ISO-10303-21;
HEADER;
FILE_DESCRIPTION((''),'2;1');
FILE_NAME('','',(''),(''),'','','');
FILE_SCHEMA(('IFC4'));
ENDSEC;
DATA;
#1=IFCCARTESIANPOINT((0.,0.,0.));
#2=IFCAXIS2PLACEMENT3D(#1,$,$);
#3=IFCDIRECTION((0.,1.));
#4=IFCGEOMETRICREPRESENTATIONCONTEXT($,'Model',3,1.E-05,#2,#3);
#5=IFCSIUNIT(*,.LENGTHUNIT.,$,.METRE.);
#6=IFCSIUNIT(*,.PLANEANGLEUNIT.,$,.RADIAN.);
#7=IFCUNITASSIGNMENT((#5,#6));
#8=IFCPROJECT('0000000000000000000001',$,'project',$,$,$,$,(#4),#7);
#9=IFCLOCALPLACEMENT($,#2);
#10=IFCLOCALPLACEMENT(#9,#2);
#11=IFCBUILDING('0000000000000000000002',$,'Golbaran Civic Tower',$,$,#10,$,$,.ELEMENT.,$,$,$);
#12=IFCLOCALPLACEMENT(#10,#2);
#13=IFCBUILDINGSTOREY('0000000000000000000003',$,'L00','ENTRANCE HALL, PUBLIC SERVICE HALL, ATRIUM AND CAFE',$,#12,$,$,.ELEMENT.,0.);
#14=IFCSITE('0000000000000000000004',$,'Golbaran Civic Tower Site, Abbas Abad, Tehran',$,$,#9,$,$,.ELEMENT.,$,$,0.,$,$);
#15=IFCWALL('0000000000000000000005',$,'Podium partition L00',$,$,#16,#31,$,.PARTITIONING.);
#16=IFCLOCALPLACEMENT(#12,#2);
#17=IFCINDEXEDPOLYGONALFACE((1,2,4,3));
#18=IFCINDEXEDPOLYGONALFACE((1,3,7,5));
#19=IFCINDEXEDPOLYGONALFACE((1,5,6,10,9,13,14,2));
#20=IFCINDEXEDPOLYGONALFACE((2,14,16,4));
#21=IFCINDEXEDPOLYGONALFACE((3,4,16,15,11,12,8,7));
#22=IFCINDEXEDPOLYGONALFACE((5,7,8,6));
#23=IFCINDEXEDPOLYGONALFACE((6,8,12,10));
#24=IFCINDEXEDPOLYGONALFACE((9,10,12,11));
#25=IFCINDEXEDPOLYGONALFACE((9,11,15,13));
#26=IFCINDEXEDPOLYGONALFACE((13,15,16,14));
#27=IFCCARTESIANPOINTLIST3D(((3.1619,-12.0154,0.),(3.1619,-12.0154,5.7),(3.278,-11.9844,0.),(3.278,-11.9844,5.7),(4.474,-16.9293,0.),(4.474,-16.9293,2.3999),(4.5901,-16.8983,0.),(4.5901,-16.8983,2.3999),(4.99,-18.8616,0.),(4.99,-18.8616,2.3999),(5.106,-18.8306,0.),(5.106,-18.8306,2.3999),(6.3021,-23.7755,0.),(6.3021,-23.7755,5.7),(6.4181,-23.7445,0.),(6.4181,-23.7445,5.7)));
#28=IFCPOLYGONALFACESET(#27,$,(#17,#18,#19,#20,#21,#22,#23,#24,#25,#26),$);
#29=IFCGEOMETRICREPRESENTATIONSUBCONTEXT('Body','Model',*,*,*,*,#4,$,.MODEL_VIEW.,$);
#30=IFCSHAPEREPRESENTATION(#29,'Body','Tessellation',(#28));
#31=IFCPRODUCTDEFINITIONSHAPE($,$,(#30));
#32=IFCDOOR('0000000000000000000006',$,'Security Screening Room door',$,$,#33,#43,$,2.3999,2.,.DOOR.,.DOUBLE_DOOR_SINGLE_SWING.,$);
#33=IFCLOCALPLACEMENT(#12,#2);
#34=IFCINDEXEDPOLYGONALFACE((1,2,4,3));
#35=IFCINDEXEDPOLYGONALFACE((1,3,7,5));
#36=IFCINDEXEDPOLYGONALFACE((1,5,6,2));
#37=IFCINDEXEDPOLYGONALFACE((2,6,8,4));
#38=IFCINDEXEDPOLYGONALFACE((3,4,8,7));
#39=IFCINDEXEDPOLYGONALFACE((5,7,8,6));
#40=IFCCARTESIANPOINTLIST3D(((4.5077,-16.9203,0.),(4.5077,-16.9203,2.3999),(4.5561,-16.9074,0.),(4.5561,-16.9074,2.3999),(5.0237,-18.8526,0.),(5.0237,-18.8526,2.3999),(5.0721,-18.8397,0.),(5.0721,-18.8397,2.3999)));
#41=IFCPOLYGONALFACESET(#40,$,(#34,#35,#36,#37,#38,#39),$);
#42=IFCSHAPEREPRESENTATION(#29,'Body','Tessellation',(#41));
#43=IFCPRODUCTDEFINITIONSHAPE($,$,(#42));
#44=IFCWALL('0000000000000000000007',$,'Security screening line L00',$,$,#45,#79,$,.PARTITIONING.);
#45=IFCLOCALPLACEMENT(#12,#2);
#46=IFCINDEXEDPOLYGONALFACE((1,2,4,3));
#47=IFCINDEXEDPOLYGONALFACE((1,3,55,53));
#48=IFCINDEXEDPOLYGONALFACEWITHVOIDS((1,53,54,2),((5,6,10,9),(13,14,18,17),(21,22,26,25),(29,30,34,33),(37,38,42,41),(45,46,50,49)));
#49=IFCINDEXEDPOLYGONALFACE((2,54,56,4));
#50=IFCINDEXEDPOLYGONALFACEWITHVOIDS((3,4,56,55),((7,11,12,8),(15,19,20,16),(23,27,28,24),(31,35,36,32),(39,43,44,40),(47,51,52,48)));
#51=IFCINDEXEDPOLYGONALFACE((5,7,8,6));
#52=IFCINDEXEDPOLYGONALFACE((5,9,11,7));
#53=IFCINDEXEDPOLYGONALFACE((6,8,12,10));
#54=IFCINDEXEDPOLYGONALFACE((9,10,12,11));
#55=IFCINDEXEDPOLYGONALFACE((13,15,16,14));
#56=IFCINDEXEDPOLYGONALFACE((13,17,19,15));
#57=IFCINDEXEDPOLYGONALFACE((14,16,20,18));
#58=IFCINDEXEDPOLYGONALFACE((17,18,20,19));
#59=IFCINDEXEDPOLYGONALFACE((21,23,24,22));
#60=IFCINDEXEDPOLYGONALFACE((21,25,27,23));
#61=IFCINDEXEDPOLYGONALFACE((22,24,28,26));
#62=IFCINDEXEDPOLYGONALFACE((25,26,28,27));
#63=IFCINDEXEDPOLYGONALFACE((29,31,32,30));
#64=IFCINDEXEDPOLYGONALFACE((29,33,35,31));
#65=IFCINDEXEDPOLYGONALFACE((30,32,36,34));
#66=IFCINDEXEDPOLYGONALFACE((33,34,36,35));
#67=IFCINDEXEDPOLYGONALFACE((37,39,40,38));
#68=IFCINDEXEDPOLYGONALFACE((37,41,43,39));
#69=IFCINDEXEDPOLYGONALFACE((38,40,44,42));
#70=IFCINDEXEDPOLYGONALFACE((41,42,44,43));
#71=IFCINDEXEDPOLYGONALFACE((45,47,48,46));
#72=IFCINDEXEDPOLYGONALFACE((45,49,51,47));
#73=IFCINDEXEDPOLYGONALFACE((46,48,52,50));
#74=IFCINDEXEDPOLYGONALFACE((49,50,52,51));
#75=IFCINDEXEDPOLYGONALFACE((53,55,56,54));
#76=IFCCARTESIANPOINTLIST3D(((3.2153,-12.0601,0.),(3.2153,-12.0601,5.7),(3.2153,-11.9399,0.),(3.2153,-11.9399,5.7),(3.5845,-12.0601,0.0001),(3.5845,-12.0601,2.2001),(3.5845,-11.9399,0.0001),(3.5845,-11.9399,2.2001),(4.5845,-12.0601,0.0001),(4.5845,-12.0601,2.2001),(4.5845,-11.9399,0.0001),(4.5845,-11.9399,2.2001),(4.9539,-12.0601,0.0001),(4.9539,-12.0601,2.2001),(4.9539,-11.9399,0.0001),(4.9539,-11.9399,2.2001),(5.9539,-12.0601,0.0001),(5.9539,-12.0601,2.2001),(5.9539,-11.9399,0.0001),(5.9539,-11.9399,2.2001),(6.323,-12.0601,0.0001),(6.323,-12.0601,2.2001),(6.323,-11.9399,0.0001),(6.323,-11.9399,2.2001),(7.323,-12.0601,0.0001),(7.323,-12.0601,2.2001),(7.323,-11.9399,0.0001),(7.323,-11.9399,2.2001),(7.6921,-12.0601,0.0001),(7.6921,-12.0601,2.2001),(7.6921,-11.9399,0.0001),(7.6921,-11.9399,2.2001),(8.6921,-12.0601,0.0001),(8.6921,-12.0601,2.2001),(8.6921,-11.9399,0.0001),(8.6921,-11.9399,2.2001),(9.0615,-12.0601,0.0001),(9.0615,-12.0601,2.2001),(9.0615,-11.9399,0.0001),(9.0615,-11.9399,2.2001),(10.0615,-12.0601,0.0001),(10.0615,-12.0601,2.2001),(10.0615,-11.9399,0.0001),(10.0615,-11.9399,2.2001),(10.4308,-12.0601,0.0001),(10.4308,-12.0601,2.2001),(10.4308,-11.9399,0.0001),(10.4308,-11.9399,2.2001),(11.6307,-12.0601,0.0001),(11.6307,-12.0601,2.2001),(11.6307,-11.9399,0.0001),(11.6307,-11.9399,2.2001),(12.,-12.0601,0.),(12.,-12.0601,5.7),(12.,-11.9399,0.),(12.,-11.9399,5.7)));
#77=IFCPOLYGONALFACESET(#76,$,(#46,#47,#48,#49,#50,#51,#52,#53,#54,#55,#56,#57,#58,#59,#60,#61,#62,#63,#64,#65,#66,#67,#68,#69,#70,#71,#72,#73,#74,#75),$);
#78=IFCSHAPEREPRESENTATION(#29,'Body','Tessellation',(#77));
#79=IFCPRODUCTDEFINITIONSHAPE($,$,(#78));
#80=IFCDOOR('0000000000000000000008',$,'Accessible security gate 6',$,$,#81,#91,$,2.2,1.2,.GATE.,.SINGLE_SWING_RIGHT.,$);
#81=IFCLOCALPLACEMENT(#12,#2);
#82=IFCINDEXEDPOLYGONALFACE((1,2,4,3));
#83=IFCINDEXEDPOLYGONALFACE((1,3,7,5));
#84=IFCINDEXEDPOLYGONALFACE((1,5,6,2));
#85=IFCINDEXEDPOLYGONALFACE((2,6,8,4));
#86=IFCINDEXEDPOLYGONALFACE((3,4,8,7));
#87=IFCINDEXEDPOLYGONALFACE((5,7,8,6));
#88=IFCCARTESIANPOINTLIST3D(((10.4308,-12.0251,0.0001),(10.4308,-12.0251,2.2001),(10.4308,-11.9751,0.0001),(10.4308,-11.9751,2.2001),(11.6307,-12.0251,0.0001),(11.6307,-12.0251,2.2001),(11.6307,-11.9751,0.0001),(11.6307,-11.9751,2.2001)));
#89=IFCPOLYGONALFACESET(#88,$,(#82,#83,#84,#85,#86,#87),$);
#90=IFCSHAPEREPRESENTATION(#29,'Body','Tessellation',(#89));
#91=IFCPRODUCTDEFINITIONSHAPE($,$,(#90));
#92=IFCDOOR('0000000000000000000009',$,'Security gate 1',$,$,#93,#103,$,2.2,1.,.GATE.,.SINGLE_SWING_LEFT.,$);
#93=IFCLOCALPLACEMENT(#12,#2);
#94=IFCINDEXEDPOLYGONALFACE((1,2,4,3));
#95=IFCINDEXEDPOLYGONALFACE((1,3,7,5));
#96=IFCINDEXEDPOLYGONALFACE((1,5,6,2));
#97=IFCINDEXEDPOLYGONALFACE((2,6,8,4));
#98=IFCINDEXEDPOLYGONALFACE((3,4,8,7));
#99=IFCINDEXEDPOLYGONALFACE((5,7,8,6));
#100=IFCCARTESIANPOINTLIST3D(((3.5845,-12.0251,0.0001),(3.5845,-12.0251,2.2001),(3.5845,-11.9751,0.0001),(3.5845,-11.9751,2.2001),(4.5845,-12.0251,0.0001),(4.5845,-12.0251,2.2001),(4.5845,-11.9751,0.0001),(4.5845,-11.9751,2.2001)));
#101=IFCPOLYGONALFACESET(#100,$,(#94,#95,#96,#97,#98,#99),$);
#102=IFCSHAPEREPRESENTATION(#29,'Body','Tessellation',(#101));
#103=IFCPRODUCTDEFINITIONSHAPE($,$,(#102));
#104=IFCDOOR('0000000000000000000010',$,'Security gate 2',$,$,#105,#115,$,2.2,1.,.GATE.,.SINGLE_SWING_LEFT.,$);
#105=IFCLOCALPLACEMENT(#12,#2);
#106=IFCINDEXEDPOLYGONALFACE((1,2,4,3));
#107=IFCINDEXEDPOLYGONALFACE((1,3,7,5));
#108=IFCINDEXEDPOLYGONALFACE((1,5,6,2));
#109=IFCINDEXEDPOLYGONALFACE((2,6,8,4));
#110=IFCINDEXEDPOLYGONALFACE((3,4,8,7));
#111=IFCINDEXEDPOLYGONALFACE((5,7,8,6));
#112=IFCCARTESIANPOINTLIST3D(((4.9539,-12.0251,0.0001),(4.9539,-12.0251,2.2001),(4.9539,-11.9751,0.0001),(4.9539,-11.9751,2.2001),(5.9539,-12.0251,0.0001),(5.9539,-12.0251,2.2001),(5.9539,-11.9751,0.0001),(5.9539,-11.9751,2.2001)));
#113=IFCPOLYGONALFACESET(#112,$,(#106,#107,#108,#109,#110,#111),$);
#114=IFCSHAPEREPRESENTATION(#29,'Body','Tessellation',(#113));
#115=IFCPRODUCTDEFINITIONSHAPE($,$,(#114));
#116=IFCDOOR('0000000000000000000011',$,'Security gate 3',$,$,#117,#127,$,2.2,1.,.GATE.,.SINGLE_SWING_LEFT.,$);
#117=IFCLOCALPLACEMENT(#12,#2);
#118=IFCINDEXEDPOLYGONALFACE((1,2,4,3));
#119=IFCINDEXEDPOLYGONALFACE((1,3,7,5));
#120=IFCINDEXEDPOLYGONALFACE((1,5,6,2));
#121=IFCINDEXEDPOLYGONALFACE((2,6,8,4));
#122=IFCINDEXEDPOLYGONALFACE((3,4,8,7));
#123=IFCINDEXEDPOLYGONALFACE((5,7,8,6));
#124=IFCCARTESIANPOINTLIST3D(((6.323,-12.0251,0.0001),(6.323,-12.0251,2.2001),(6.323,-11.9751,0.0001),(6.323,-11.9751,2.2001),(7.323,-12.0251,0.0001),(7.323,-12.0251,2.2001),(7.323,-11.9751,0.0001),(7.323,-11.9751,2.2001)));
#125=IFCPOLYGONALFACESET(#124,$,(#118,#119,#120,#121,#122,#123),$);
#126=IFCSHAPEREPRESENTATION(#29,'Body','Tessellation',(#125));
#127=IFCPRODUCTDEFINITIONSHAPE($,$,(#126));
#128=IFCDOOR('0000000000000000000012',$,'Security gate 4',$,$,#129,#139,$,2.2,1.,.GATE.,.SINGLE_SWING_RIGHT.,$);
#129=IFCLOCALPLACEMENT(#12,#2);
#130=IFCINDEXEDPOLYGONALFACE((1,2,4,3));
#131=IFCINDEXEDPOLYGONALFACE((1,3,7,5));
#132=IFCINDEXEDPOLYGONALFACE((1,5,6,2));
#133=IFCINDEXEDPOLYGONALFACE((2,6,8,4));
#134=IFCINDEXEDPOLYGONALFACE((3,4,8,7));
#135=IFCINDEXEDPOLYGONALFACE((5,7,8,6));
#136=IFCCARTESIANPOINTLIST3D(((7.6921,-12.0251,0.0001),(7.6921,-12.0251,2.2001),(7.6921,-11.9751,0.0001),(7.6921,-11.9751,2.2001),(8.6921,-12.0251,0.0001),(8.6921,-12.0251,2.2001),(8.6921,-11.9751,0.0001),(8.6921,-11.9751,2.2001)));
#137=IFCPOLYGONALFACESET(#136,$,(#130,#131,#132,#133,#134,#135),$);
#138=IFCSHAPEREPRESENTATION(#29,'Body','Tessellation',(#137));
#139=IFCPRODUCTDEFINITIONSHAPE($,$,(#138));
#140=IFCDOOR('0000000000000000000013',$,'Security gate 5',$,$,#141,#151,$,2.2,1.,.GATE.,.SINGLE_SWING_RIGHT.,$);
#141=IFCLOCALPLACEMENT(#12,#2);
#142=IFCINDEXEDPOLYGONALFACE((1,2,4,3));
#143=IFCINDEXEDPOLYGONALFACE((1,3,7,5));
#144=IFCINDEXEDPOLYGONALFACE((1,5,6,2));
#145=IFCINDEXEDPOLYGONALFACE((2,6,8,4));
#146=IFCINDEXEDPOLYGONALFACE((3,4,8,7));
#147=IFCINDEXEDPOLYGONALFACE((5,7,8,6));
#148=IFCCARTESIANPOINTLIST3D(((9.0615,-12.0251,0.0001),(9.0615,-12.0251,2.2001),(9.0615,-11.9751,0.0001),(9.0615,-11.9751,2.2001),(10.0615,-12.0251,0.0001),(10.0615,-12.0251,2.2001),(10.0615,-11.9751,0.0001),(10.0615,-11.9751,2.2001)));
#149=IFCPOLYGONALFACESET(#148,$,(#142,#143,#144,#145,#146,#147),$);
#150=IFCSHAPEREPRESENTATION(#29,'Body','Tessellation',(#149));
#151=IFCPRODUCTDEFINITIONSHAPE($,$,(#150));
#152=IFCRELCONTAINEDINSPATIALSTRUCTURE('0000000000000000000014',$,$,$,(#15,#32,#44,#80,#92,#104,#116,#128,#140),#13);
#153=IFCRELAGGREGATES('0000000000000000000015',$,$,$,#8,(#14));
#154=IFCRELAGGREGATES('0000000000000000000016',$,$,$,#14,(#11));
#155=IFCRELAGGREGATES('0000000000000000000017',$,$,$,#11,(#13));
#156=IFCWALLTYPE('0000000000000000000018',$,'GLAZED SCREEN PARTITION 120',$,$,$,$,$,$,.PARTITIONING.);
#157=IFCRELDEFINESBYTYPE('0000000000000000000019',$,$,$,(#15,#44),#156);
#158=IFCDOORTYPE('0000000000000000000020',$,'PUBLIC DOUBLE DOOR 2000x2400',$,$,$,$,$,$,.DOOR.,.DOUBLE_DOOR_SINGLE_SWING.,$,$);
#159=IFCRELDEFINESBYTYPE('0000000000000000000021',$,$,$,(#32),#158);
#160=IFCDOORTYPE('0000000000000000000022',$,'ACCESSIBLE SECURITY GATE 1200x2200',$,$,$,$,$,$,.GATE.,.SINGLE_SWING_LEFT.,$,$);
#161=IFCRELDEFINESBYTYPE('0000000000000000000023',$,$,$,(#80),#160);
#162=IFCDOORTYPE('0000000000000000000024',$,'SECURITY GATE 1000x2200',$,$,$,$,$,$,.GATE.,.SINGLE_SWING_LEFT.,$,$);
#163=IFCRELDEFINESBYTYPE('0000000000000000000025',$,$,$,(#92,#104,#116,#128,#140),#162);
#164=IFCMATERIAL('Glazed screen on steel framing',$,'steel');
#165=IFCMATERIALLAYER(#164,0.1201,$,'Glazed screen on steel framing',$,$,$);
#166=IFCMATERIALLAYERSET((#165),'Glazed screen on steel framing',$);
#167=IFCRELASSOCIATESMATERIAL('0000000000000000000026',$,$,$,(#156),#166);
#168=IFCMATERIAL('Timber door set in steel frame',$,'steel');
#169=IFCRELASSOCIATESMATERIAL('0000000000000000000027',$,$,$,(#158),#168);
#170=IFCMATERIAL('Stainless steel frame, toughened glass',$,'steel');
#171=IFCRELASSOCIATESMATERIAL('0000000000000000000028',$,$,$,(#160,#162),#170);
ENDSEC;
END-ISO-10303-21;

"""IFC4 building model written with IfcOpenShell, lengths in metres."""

from ifc_helpers import new_model, si_unit, direction, frame, frame_2d, origin, place, context, subcontext, project, spatial, rectangle, extrude, material, layer, layer_set, type_object, element, fill, save


model = new_model("IFC4")

# Units and contexts
model_context = context("Model", 3, precision=1e-05, world=origin(), true_north=direction((0.0, 1.0)))
body_context = subcontext(model_context, "Body", "Model", "MODEL_VIEW")
ifc_project = project(units=[si_unit("LENGTHUNIT", "METRE"), si_unit("PLANEANGLEUNIT", "RADIAN")], contexts=[model_context])

# Site, building, storey
site_placement = place(None, origin())
site = spatial("IfcSite", under=ifc_project, at=site_placement, Name="Golbaran Civic Tower Site, Abbas Abad, Tehran", CompositionType="ELEMENT", RefElevation=0.0)
building_placement = place(site_placement, origin())
building = spatial("IfcBuilding", under=site, at=building_placement, Name="Golbaran Civic Tower", CompositionType="ELEMENT")
storey_placement = place(building_placement, origin())
storey = spatial("IfcBuildingStorey", under=building, at=storey_placement, Name="L00", Description="ENTRANCE HALL, PUBLIC SERVICE HALL, ATRIUM AND CAFE", CompositionType="ELEMENT", Elevation=0.0)

# Wall, opening, door
ifc_material_1 = material(Name="Glazed screen on steel framing", Category="steel")
ifc_layer_1 = layer(ifc_material_1, 0.1201, Name="Glazed screen on steel framing")
ifc_layer_set_1 = layer_set([ifc_layer_1], Name="Glazed screen on steel framing")
wall_type_1 = type_object("IfcWallType", Name="GLAZED SCREEN PARTITION 120", PredefinedType="PARTITIONING", material=ifc_layer_set_1)
wall_1_placement = place(storey_placement, frame((3.22, -12.0, 0.0), z_axis=(0.0, 0.0, 1.0), x_axis=(0.25798, -0.96615, 0.0)))
wall_1 = element("IfcWall", 1, at=wall_1_placement, inside=storey, type_object=wall_type_1, Name="Podium partition L00", PredefinedType="PARTITIONING", context=body_context, shape_type="SweptSolid", body=[
    extrude(rectangle(XDim=12.1721, YDim=0.1201, at=frame_2d((6.0859, 0.0))), origin(), (0.0, 0.0, 1.0), 5.7),
])
opening_1_placement = place(wall_1_placement, frame((5.0859, 0.0, 0.0)))
opening_1 = element("IfcOpeningElement", 2, at=opening_1_placement, cuts=wall_1, PredefinedType="OPENING", context=body_context, shape_type="SweptSolid", body=[
    extrude(rectangle(XDim=2.0, YDim=2.3999, at=frame_2d((1.0, 1.2))), frame((0.0, 0.0701, 0.0), z_axis=(0.0, -1.0, 0.0), x_axis=(1.0, 0.0, 0.0)), (0.0, 0.0, 1.0), 0.1401),
])
ifc_material_2 = material(Name="Timber door set in steel frame", Category="steel")
door_type_1 = type_object("IfcDoorType", Name="PUBLIC DOUBLE DOOR 2000x2400", OperationType="DOUBLE_DOOR_SINGLE_SWING", PredefinedType="DOOR", material=ifc_material_2)
door_1_placement = place(opening_1_placement, origin())
door_1 = element("IfcDoor", 3, at=door_1_placement, inside=storey, type_object=door_type_1, Name="Security Screening Room door", OperationType="DOUBLE_DOOR_SINGLE_SWING", OverallHeight=2.3999, OverallWidth=2.0, PredefinedType="DOOR", context=body_context, shape_type="SweptSolid", body=[
    extrude(rectangle(XDim=2.0, YDim=2.3999, at=frame_2d((1.0, 1.2))), frame((0.0, 0.0249, 0.0), z_axis=(0.0, -1.0, 0.0), x_axis=(1.0, 0.0, 0.0)), (0.0, 0.0, 1.0), 0.05),
])
fill(opening_1, door_1)

# Wall, openings, doors
wall_2_placement = place(storey_placement, frame((3.2153, -12.0, 0.0), z_axis=(0.0, 0.0, 1.0), x_axis=(1.0, 0.0, 0.0)))
wall_2 = element("IfcWall", 4, at=wall_2_placement, inside=storey, type_object=wall_type_1, Name="Security screening line L00", PredefinedType="PARTITIONING", context=body_context, shape_type="SweptSolid", body=[
    extrude(rectangle(XDim=8.7847, YDim=0.1201, at=frame_2d((4.3923, 0.0))), origin(), (0.0, 0.0, 1.0), 5.7),
])
opening_2_placement = place(wall_2_placement, frame((0.3691, 0.0, 0.0)))
opening_2 = element("IfcOpeningElement", 5, at=opening_2_placement, cuts=wall_2, PredefinedType="OPENING", context=body_context, shape_type="SweptSolid", body=[
    extrude(rectangle(XDim=1.0, YDim=2.2, at=frame_2d((0.5, 1.1001))), frame((0.0, 0.0701, 0.0), z_axis=(0.0, -1.0, 0.0), x_axis=(1.0, 0.0, 0.0)), (0.0, 0.0, 1.0), 0.1401),
])
opening_3_placement = place(wall_2_placement, frame((1.7385, 0.0, 0.0)))
opening_3 = element("IfcOpeningElement", 6, at=opening_3_placement, cuts=wall_2, PredefinedType="OPENING", context=body_context, shape_type="SweptSolid", body=[
    extrude(rectangle(XDim=1.0, YDim=2.2, at=frame_2d((0.5, 1.1001))), frame((0.0, 0.0701, 0.0), z_axis=(0.0, -1.0, 0.0), x_axis=(1.0, 0.0, 0.0)), (0.0, 0.0, 1.0), 0.1401),
])
opening_4_placement = place(wall_2_placement, frame((3.1077, 0.0, 0.0)))
opening_4 = element("IfcOpeningElement", 7, at=opening_4_placement, cuts=wall_2, PredefinedType="OPENING", context=body_context, shape_type="SweptSolid", body=[
    extrude(rectangle(XDim=1.0, YDim=2.2, at=frame_2d((0.5, 1.1001))), frame((0.0, 0.0701, 0.0), z_axis=(0.0, -1.0, 0.0), x_axis=(1.0, 0.0, 0.0)), (0.0, 0.0, 1.0), 0.1401),
])
opening_5_placement = place(wall_2_placement, frame((4.4768, 0.0, 0.0)))
opening_5 = element("IfcOpeningElement", 8, at=opening_5_placement, cuts=wall_2, PredefinedType="OPENING", context=body_context, shape_type="SweptSolid", body=[
    extrude(rectangle(XDim=1.0, YDim=2.2, at=frame_2d((0.5, 1.1001))), frame((0.0, 0.0701, 0.0), z_axis=(0.0, -1.0, 0.0), x_axis=(1.0, 0.0, 0.0)), (0.0, 0.0, 1.0), 0.1401),
])
opening_6_placement = place(wall_2_placement, frame((5.8462, 0.0, 0.0)))
opening_6 = element("IfcOpeningElement", 9, at=opening_6_placement, cuts=wall_2, PredefinedType="OPENING", context=body_context, shape_type="SweptSolid", body=[
    extrude(rectangle(XDim=1.0, YDim=2.2, at=frame_2d((0.5, 1.1001))), frame((0.0, 0.0701, 0.0), z_axis=(0.0, -1.0, 0.0), x_axis=(1.0, 0.0, 0.0)), (0.0, 0.0, 1.0), 0.1401),
])
opening_7_placement = place(wall_2_placement, frame((7.2153, 0.0, 0.0)))
opening_7 = element("IfcOpeningElement", 10, at=opening_7_placement, cuts=wall_2, PredefinedType="OPENING", context=body_context, shape_type="SweptSolid", body=[
    extrude(rectangle(XDim=1.2, YDim=2.2, at=frame_2d((0.6001, 1.1001))), frame((0.0, 0.0701, 0.0), z_axis=(0.0, -1.0, 0.0), x_axis=(1.0, 0.0, 0.0)), (0.0, 0.0, 1.0), 0.1401),
])
ifc_material_3 = material(Name="Stainless steel frame, toughened glass", Category="steel")
door_type_2 = type_object("IfcDoorType", Name="ACCESSIBLE SECURITY GATE 1200x2200", OperationType="SINGLE_SWING_LEFT", PredefinedType="GATE", material=ifc_material_3)
door_2_placement = place(opening_7_placement, origin())
door_2 = element("IfcDoor", 11, at=door_2_placement, inside=storey, type_object=door_type_2, Name="Accessible security gate 6", OperationType="SINGLE_SWING_RIGHT", OverallHeight=2.2, OverallWidth=1.2, PredefinedType="GATE", context=body_context, shape_type="SweptSolid", body=[
    extrude(rectangle(XDim=1.2, YDim=2.2, at=frame_2d((0.6001, 1.1001))), frame((0.0, 0.0249, 0.0), z_axis=(0.0, -1.0, 0.0), x_axis=(1.0, 0.0, 0.0)), (0.0, 0.0, 1.0), 0.05),
])
fill(opening_7, door_2)
door_type_3 = type_object("IfcDoorType", Name="SECURITY GATE 1000x2200", OperationType="SINGLE_SWING_LEFT", PredefinedType="GATE", material=ifc_material_3)
door_3_placement = place(opening_2_placement, origin())
door_3 = element("IfcDoor", 12, at=door_3_placement, inside=storey, type_object=door_type_3, Name="Security gate 1", OperationType="SINGLE_SWING_LEFT", OverallHeight=2.2, OverallWidth=1.0, PredefinedType="GATE", context=body_context, shape_type="SweptSolid", body=[
    extrude(rectangle(XDim=1.0, YDim=2.2, at=frame_2d((0.5, 1.1001))), frame((0.0, 0.0249, 0.0), z_axis=(0.0, -1.0, 0.0), x_axis=(1.0, 0.0, 0.0)), (0.0, 0.0, 1.0), 0.05),
])
fill(opening_2, door_3)
door_4_placement = place(opening_3_placement, origin())
door_4 = element("IfcDoor", 13, at=door_4_placement, inside=storey, type_object=door_type_3, Name="Security gate 2", OperationType="SINGLE_SWING_LEFT", OverallHeight=2.2, OverallWidth=1.0, PredefinedType="GATE", context=body_context, shape_type="SweptSolid", body=[
    extrude(rectangle(XDim=1.0, YDim=2.2, at=frame_2d((0.5, 1.1001))), frame((0.0, 0.0249, 0.0), z_axis=(0.0, -1.0, 0.0), x_axis=(1.0, 0.0, 0.0)), (0.0, 0.0, 1.0), 0.05),
])
fill(opening_3, door_4)
door_5_placement = place(opening_4_placement, origin())
door_5 = element("IfcDoor", 14, at=door_5_placement, inside=storey, type_object=door_type_3, Name="Security gate 3", OperationType="SINGLE_SWING_LEFT", OverallHeight=2.2, OverallWidth=1.0, PredefinedType="GATE", context=body_context, shape_type="SweptSolid", body=[
    extrude(rectangle(XDim=1.0, YDim=2.2, at=frame_2d((0.5, 1.1001))), frame((0.0, 0.0249, 0.0), z_axis=(0.0, -1.0, 0.0), x_axis=(1.0, 0.0, 0.0)), (0.0, 0.0, 1.0), 0.05),
])
fill(opening_4, door_5)
door_6_placement = place(opening_5_placement, origin())
door_6 = element("IfcDoor", 15, at=door_6_placement, inside=storey, type_object=door_type_3, Name="Security gate 4", OperationType="SINGLE_SWING_RIGHT", OverallHeight=2.2, OverallWidth=1.0, PredefinedType="GATE", context=body_context, shape_type="SweptSolid", body=[
    extrude(rectangle(XDim=1.0, YDim=2.2, at=frame_2d((0.5, 1.1001))), frame((0.0, 0.0249, 0.0), z_axis=(0.0, -1.0, 0.0), x_axis=(1.0, 0.0, 0.0)), (0.0, 0.0, 1.0), 0.05),
])
fill(opening_5, door_6)
door_7_placement = place(opening_6_placement, origin())
door_7 = element("IfcDoor", 16, at=door_7_placement, inside=storey, type_object=door_type_3, Name="Security gate 5", OperationType="SINGLE_SWING_RIGHT", OverallHeight=2.2, OverallWidth=1.0, PredefinedType="GATE", context=body_context, shape_type="SweptSolid", body=[
    extrude(rectangle(XDim=1.0, YDim=2.2, at=frame_2d((0.5, 1.1001))), frame((0.0, 0.0249, 0.0), z_axis=(0.0, -1.0, 0.0), x_axis=(1.0, 0.0, 0.0)), (0.0, 0.0, 1.0), 0.05),
])
fill(opening_6, door_7)

save(model, "model.ifc")
